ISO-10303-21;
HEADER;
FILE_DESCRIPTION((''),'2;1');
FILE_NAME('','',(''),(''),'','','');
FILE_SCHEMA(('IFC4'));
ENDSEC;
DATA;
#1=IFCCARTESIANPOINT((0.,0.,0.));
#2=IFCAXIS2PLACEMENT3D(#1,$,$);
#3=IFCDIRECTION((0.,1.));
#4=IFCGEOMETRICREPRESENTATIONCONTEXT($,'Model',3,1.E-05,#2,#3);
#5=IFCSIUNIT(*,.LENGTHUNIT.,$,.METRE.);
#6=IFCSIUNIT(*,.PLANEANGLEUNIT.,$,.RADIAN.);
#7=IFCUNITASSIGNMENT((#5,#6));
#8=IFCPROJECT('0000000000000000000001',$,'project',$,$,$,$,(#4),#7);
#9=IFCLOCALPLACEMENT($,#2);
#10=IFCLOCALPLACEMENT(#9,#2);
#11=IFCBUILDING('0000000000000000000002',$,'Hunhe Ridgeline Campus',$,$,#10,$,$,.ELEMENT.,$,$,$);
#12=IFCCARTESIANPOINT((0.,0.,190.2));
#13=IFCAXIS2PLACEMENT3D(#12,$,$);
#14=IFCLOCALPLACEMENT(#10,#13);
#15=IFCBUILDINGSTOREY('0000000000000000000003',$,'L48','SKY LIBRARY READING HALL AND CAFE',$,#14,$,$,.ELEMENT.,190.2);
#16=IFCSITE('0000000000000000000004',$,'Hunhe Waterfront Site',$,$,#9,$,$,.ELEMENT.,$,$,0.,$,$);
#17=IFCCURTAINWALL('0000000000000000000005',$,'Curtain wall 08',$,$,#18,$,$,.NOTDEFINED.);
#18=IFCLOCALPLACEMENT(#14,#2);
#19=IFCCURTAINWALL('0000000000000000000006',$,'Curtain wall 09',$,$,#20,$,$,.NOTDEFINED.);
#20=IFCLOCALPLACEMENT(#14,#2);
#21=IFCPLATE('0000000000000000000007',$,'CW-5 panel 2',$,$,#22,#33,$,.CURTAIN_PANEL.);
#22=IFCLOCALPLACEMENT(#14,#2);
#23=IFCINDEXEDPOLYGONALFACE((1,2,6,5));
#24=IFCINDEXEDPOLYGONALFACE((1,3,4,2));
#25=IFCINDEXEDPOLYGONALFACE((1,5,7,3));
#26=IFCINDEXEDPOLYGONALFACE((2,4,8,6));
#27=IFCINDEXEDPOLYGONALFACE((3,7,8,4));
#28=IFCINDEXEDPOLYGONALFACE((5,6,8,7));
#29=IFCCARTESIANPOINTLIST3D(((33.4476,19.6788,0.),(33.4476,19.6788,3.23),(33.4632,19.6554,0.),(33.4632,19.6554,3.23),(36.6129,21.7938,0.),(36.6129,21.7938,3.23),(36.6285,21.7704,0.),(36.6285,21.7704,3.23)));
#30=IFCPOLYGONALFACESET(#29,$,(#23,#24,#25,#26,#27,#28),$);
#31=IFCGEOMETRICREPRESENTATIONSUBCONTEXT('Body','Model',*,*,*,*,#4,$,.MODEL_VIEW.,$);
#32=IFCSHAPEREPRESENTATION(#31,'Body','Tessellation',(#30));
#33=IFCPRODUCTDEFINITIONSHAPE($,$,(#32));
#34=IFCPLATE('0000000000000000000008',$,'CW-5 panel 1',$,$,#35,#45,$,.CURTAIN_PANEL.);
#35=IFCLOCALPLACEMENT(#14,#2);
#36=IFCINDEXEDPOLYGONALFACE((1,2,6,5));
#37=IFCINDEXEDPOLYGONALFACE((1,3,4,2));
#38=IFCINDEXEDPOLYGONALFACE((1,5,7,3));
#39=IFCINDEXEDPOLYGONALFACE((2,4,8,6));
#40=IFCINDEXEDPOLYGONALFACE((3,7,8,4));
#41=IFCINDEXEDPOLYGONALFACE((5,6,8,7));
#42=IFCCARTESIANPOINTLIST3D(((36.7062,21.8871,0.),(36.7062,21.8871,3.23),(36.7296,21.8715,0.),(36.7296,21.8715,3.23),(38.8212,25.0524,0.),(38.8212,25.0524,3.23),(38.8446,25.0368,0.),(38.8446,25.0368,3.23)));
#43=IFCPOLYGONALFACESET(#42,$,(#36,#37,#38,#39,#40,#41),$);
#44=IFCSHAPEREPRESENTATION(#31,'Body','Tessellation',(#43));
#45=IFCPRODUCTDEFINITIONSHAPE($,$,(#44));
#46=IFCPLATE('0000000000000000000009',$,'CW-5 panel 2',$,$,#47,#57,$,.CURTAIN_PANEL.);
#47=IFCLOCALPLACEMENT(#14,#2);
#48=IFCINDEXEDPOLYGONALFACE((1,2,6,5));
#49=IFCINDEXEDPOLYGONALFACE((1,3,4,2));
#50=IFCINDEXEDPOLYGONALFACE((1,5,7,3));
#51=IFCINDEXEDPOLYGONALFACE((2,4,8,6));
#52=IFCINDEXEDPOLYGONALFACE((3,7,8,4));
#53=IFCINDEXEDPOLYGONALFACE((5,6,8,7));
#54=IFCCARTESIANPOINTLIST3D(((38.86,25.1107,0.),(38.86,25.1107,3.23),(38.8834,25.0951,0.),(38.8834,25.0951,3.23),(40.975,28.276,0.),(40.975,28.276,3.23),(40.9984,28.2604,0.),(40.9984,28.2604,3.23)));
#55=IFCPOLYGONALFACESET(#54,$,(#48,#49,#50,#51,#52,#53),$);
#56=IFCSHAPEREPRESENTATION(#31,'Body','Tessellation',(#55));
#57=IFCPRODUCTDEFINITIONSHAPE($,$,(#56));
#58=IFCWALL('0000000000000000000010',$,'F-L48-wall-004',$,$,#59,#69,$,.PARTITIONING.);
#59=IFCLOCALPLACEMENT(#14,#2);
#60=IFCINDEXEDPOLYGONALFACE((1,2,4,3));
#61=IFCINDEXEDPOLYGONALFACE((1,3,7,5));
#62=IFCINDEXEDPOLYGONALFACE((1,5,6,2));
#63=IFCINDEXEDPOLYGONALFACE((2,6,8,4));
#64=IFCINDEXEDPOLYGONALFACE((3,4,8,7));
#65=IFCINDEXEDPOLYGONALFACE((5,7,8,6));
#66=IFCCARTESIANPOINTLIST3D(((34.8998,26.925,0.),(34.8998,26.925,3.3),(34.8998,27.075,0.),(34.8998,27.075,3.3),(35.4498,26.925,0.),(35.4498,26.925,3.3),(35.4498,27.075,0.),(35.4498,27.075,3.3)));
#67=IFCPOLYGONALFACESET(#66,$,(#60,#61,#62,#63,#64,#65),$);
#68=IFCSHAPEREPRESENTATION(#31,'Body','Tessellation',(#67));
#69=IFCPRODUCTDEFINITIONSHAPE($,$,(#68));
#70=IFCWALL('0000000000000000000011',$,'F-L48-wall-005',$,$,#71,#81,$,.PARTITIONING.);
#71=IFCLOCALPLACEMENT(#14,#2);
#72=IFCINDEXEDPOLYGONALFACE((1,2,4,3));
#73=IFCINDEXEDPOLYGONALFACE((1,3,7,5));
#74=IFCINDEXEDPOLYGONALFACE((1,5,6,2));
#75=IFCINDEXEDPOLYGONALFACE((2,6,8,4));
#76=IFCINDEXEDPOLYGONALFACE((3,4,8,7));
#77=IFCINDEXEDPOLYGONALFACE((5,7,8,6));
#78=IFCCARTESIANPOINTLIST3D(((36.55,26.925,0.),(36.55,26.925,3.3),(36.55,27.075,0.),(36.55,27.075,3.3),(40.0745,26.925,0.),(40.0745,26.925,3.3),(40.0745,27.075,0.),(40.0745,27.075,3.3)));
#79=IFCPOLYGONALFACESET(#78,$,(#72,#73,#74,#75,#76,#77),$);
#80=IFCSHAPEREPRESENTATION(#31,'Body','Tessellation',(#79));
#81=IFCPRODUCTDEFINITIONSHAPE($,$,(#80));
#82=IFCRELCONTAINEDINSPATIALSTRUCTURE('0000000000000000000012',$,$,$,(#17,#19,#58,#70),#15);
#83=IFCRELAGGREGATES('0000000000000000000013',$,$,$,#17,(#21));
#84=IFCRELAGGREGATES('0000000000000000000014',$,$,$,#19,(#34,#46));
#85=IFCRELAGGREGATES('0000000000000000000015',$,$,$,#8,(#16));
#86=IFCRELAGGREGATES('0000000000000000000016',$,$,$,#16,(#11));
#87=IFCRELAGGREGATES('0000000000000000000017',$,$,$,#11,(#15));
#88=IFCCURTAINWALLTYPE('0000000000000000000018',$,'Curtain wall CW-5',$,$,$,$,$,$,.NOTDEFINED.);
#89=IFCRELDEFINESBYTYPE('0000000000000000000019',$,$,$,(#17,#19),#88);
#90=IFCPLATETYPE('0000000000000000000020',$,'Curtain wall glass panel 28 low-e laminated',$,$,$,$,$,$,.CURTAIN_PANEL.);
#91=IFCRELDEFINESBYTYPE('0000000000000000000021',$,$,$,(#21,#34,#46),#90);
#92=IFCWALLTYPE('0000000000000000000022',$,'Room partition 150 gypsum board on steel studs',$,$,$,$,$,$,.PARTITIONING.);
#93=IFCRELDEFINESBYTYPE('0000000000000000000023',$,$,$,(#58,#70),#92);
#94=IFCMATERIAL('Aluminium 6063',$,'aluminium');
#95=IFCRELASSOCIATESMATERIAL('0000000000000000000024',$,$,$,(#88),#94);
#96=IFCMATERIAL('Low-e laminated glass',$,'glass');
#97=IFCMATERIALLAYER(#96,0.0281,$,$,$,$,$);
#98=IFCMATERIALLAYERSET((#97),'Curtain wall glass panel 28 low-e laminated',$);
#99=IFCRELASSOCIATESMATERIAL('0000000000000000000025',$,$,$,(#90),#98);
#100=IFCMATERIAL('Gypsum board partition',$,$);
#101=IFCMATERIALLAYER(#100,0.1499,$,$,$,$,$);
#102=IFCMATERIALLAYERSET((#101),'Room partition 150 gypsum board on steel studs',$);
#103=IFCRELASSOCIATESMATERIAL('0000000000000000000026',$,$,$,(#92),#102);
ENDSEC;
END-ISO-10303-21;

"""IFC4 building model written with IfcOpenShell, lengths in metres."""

from ifc_helpers import new_model, si_unit, direction, frame, frame_2d, origin, origin_2d, place, context, subcontext, project, spatial, rectangle, extrude, material, layer, layer_set, type_object, element, aggregate, save


model = new_model("IFC4")

# Units and contexts
model_context = context("Model", 3, precision=1e-05, world=origin(), true_north=direction((0.0, 1.0)))
body_context = subcontext(model_context, "Body", "Model", "MODEL_VIEW")
ifc_project = project(units=[si_unit("LENGTHUNIT", "METRE"), si_unit("PLANEANGLEUNIT", "RADIAN")], contexts=[model_context])

# Site, building, storey
site_placement = place(None, origin())
site = spatial("IfcSite", under=ifc_project, at=site_placement, Name="Hunhe Waterfront Site", CompositionType="ELEMENT", RefElevation=0.0)
building_placement = place(site_placement, origin())
building = spatial("IfcBuilding", under=site, at=building_placement, Name="Hunhe Ridgeline Campus", CompositionType="ELEMENT")
storey_placement = place(building_placement, frame((0.0, 0.0, 190.2)))
storey = spatial("IfcBuildingStorey", under=building, at=storey_placement, Name="L48", Description="SKY LIBRARY READING HALL AND CAFE", CompositionType="ELEMENT", Elevation=190.2)

# Curtain walls
ifc_material_1 = material(Name="Aluminium 6063", Category="aluminium")
curtain_wall_type = type_object("IfcCurtainWallType", Name="Curtain wall CW-5", PredefinedType="NOTDEFINED", material=ifc_material_1)
curtain_wall_1_placement = place(storey_placement, origin())
curtain_wall_1 = element("IfcCurtainWall", 1, at=curtain_wall_1_placement, inside=storey, type_object=curtain_wall_type, Name="Curtain wall 08", PredefinedType="NOTDEFINED")
curtain_wall_2_placement = place(storey_placement, origin())
curtain_wall_2 = element("IfcCurtainWall", 2, at=curtain_wall_2_placement, inside=storey, type_object=curtain_wall_type, Name="Curtain wall 09", PredefinedType="NOTDEFINED")

# Plates
ifc_material_2 = material(Name="Low-e laminated glass", Category="glass")
ifc_layer_1 = layer(ifc_material_2, 0.0281)
ifc_layer_set_1 = layer_set([ifc_layer_1], Name="Curtain wall glass panel 28 low-e laminated")
plate_type = type_object("IfcPlateType", Name="Curtain wall glass panel 28 low-e laminated", PredefinedType="CURTAIN_PANEL", material=ifc_layer_set_1)
plate_1_placement = place(storey_placement, frame((35.0381, 20.7246, 0.0), z_axis=(0.0, 0.0, 1.0), x_axis=(0.83147, 0.55557, 0.0)))
plate_1 = element("IfcPlate", 3, at=plate_1_placement, type_object=plate_type, Name="CW-5 panel 2", PredefinedType="CURTAIN_PANEL", context=body_context, shape_type="SweptSolid", body=[
    extrude(rectangle(XDim=3.8069, YDim=0.0281, at=origin_2d()), origin(), (0.0, 0.0, 1.0), 3.23),
])
aggregate(curtain_wall_1, [plate_1])
plate_2_placement = place(storey_placement, frame((37.7754, 23.4619, 0.0), z_axis=(0.0, 0.0, 1.0), x_axis=(0.55557, 0.83147, 0.0)))
plate_2 = element("IfcPlate", 4, at=plate_2_placement, type_object=plate_type, Name="CW-5 panel 1", PredefinedType="CURTAIN_PANEL", context=body_context, shape_type="SweptSolid", body=[
    extrude(rectangle(XDim=3.8069, YDim=0.0281, at=origin_2d()), origin(), (0.0, 0.0, 1.0), 3.23),
])
plate_3_placement = place(storey_placement, frame((39.9292, 26.6855, 0.0), z_axis=(0.0, 0.0, 1.0), x_axis=(0.55557, 0.83147, 0.0)))
plate_3 = element("IfcPlate", 5, at=plate_3_placement, type_object=plate_type, Name="CW-5 panel 2", PredefinedType="CURTAIN_PANEL", context=body_context, shape_type="SweptSolid", body=[
    extrude(rectangle(XDim=3.8069, YDim=0.0281, at=origin_2d()), origin(), (0.0, 0.0, 1.0), 3.23),
])
aggregate(curtain_wall_2, [plate_2, plate_3])

# Shared definitions
ifc_material_3 = material(Name="Gypsum board partition")

# Walls
ifc_layer_2 = layer(ifc_material_3, 0.1499)
ifc_layer_set_2 = layer_set([ifc_layer_2], Name="Room partition 150 gypsum board on steel studs")
wall_type_1 = type_object("IfcWallType", Name="Room partition 150 gypsum board on steel studs", PredefinedType="PARTITIONING", material=ifc_layer_set_2)
wall_1_placement = place(storey_placement, frame((34.8999, 27.0, 0.0), z_axis=(0.0, 0.0, 1.0), x_axis=(1.0, 0.0, 0.0)))
element("IfcWall", 6, at=wall_1_placement, inside=storey, type_object=wall_type_1, Name="F-L48-wall-004", PredefinedType="PARTITIONING", context=body_context, shape_type="SweptSolid", body=[
    extrude(rectangle(XDim=0.55, YDim=0.1499, at=frame_2d((0.2749, 0.0))), origin(), (0.0, 0.0, 1.0), 3.3),
])
wall_2_placement = place(storey_placement, frame((36.55, 27.0, 0.0), z_axis=(0.0, 0.0, 1.0), x_axis=(1.0, 0.0, 0.0)))
element("IfcWall", 7, at=wall_2_placement, inside=storey, type_object=wall_type_1, Name="F-L48-wall-005", PredefinedType="PARTITIONING", context=body_context, shape_type="SweptSolid", body=[
    extrude(rectangle(XDim=3.5244, YDim=0.1499, at=frame_2d((1.7622, 0.0))), origin(), (0.0, 0.0, 1.0), 3.3),
])

save(model, "model.ifc")
